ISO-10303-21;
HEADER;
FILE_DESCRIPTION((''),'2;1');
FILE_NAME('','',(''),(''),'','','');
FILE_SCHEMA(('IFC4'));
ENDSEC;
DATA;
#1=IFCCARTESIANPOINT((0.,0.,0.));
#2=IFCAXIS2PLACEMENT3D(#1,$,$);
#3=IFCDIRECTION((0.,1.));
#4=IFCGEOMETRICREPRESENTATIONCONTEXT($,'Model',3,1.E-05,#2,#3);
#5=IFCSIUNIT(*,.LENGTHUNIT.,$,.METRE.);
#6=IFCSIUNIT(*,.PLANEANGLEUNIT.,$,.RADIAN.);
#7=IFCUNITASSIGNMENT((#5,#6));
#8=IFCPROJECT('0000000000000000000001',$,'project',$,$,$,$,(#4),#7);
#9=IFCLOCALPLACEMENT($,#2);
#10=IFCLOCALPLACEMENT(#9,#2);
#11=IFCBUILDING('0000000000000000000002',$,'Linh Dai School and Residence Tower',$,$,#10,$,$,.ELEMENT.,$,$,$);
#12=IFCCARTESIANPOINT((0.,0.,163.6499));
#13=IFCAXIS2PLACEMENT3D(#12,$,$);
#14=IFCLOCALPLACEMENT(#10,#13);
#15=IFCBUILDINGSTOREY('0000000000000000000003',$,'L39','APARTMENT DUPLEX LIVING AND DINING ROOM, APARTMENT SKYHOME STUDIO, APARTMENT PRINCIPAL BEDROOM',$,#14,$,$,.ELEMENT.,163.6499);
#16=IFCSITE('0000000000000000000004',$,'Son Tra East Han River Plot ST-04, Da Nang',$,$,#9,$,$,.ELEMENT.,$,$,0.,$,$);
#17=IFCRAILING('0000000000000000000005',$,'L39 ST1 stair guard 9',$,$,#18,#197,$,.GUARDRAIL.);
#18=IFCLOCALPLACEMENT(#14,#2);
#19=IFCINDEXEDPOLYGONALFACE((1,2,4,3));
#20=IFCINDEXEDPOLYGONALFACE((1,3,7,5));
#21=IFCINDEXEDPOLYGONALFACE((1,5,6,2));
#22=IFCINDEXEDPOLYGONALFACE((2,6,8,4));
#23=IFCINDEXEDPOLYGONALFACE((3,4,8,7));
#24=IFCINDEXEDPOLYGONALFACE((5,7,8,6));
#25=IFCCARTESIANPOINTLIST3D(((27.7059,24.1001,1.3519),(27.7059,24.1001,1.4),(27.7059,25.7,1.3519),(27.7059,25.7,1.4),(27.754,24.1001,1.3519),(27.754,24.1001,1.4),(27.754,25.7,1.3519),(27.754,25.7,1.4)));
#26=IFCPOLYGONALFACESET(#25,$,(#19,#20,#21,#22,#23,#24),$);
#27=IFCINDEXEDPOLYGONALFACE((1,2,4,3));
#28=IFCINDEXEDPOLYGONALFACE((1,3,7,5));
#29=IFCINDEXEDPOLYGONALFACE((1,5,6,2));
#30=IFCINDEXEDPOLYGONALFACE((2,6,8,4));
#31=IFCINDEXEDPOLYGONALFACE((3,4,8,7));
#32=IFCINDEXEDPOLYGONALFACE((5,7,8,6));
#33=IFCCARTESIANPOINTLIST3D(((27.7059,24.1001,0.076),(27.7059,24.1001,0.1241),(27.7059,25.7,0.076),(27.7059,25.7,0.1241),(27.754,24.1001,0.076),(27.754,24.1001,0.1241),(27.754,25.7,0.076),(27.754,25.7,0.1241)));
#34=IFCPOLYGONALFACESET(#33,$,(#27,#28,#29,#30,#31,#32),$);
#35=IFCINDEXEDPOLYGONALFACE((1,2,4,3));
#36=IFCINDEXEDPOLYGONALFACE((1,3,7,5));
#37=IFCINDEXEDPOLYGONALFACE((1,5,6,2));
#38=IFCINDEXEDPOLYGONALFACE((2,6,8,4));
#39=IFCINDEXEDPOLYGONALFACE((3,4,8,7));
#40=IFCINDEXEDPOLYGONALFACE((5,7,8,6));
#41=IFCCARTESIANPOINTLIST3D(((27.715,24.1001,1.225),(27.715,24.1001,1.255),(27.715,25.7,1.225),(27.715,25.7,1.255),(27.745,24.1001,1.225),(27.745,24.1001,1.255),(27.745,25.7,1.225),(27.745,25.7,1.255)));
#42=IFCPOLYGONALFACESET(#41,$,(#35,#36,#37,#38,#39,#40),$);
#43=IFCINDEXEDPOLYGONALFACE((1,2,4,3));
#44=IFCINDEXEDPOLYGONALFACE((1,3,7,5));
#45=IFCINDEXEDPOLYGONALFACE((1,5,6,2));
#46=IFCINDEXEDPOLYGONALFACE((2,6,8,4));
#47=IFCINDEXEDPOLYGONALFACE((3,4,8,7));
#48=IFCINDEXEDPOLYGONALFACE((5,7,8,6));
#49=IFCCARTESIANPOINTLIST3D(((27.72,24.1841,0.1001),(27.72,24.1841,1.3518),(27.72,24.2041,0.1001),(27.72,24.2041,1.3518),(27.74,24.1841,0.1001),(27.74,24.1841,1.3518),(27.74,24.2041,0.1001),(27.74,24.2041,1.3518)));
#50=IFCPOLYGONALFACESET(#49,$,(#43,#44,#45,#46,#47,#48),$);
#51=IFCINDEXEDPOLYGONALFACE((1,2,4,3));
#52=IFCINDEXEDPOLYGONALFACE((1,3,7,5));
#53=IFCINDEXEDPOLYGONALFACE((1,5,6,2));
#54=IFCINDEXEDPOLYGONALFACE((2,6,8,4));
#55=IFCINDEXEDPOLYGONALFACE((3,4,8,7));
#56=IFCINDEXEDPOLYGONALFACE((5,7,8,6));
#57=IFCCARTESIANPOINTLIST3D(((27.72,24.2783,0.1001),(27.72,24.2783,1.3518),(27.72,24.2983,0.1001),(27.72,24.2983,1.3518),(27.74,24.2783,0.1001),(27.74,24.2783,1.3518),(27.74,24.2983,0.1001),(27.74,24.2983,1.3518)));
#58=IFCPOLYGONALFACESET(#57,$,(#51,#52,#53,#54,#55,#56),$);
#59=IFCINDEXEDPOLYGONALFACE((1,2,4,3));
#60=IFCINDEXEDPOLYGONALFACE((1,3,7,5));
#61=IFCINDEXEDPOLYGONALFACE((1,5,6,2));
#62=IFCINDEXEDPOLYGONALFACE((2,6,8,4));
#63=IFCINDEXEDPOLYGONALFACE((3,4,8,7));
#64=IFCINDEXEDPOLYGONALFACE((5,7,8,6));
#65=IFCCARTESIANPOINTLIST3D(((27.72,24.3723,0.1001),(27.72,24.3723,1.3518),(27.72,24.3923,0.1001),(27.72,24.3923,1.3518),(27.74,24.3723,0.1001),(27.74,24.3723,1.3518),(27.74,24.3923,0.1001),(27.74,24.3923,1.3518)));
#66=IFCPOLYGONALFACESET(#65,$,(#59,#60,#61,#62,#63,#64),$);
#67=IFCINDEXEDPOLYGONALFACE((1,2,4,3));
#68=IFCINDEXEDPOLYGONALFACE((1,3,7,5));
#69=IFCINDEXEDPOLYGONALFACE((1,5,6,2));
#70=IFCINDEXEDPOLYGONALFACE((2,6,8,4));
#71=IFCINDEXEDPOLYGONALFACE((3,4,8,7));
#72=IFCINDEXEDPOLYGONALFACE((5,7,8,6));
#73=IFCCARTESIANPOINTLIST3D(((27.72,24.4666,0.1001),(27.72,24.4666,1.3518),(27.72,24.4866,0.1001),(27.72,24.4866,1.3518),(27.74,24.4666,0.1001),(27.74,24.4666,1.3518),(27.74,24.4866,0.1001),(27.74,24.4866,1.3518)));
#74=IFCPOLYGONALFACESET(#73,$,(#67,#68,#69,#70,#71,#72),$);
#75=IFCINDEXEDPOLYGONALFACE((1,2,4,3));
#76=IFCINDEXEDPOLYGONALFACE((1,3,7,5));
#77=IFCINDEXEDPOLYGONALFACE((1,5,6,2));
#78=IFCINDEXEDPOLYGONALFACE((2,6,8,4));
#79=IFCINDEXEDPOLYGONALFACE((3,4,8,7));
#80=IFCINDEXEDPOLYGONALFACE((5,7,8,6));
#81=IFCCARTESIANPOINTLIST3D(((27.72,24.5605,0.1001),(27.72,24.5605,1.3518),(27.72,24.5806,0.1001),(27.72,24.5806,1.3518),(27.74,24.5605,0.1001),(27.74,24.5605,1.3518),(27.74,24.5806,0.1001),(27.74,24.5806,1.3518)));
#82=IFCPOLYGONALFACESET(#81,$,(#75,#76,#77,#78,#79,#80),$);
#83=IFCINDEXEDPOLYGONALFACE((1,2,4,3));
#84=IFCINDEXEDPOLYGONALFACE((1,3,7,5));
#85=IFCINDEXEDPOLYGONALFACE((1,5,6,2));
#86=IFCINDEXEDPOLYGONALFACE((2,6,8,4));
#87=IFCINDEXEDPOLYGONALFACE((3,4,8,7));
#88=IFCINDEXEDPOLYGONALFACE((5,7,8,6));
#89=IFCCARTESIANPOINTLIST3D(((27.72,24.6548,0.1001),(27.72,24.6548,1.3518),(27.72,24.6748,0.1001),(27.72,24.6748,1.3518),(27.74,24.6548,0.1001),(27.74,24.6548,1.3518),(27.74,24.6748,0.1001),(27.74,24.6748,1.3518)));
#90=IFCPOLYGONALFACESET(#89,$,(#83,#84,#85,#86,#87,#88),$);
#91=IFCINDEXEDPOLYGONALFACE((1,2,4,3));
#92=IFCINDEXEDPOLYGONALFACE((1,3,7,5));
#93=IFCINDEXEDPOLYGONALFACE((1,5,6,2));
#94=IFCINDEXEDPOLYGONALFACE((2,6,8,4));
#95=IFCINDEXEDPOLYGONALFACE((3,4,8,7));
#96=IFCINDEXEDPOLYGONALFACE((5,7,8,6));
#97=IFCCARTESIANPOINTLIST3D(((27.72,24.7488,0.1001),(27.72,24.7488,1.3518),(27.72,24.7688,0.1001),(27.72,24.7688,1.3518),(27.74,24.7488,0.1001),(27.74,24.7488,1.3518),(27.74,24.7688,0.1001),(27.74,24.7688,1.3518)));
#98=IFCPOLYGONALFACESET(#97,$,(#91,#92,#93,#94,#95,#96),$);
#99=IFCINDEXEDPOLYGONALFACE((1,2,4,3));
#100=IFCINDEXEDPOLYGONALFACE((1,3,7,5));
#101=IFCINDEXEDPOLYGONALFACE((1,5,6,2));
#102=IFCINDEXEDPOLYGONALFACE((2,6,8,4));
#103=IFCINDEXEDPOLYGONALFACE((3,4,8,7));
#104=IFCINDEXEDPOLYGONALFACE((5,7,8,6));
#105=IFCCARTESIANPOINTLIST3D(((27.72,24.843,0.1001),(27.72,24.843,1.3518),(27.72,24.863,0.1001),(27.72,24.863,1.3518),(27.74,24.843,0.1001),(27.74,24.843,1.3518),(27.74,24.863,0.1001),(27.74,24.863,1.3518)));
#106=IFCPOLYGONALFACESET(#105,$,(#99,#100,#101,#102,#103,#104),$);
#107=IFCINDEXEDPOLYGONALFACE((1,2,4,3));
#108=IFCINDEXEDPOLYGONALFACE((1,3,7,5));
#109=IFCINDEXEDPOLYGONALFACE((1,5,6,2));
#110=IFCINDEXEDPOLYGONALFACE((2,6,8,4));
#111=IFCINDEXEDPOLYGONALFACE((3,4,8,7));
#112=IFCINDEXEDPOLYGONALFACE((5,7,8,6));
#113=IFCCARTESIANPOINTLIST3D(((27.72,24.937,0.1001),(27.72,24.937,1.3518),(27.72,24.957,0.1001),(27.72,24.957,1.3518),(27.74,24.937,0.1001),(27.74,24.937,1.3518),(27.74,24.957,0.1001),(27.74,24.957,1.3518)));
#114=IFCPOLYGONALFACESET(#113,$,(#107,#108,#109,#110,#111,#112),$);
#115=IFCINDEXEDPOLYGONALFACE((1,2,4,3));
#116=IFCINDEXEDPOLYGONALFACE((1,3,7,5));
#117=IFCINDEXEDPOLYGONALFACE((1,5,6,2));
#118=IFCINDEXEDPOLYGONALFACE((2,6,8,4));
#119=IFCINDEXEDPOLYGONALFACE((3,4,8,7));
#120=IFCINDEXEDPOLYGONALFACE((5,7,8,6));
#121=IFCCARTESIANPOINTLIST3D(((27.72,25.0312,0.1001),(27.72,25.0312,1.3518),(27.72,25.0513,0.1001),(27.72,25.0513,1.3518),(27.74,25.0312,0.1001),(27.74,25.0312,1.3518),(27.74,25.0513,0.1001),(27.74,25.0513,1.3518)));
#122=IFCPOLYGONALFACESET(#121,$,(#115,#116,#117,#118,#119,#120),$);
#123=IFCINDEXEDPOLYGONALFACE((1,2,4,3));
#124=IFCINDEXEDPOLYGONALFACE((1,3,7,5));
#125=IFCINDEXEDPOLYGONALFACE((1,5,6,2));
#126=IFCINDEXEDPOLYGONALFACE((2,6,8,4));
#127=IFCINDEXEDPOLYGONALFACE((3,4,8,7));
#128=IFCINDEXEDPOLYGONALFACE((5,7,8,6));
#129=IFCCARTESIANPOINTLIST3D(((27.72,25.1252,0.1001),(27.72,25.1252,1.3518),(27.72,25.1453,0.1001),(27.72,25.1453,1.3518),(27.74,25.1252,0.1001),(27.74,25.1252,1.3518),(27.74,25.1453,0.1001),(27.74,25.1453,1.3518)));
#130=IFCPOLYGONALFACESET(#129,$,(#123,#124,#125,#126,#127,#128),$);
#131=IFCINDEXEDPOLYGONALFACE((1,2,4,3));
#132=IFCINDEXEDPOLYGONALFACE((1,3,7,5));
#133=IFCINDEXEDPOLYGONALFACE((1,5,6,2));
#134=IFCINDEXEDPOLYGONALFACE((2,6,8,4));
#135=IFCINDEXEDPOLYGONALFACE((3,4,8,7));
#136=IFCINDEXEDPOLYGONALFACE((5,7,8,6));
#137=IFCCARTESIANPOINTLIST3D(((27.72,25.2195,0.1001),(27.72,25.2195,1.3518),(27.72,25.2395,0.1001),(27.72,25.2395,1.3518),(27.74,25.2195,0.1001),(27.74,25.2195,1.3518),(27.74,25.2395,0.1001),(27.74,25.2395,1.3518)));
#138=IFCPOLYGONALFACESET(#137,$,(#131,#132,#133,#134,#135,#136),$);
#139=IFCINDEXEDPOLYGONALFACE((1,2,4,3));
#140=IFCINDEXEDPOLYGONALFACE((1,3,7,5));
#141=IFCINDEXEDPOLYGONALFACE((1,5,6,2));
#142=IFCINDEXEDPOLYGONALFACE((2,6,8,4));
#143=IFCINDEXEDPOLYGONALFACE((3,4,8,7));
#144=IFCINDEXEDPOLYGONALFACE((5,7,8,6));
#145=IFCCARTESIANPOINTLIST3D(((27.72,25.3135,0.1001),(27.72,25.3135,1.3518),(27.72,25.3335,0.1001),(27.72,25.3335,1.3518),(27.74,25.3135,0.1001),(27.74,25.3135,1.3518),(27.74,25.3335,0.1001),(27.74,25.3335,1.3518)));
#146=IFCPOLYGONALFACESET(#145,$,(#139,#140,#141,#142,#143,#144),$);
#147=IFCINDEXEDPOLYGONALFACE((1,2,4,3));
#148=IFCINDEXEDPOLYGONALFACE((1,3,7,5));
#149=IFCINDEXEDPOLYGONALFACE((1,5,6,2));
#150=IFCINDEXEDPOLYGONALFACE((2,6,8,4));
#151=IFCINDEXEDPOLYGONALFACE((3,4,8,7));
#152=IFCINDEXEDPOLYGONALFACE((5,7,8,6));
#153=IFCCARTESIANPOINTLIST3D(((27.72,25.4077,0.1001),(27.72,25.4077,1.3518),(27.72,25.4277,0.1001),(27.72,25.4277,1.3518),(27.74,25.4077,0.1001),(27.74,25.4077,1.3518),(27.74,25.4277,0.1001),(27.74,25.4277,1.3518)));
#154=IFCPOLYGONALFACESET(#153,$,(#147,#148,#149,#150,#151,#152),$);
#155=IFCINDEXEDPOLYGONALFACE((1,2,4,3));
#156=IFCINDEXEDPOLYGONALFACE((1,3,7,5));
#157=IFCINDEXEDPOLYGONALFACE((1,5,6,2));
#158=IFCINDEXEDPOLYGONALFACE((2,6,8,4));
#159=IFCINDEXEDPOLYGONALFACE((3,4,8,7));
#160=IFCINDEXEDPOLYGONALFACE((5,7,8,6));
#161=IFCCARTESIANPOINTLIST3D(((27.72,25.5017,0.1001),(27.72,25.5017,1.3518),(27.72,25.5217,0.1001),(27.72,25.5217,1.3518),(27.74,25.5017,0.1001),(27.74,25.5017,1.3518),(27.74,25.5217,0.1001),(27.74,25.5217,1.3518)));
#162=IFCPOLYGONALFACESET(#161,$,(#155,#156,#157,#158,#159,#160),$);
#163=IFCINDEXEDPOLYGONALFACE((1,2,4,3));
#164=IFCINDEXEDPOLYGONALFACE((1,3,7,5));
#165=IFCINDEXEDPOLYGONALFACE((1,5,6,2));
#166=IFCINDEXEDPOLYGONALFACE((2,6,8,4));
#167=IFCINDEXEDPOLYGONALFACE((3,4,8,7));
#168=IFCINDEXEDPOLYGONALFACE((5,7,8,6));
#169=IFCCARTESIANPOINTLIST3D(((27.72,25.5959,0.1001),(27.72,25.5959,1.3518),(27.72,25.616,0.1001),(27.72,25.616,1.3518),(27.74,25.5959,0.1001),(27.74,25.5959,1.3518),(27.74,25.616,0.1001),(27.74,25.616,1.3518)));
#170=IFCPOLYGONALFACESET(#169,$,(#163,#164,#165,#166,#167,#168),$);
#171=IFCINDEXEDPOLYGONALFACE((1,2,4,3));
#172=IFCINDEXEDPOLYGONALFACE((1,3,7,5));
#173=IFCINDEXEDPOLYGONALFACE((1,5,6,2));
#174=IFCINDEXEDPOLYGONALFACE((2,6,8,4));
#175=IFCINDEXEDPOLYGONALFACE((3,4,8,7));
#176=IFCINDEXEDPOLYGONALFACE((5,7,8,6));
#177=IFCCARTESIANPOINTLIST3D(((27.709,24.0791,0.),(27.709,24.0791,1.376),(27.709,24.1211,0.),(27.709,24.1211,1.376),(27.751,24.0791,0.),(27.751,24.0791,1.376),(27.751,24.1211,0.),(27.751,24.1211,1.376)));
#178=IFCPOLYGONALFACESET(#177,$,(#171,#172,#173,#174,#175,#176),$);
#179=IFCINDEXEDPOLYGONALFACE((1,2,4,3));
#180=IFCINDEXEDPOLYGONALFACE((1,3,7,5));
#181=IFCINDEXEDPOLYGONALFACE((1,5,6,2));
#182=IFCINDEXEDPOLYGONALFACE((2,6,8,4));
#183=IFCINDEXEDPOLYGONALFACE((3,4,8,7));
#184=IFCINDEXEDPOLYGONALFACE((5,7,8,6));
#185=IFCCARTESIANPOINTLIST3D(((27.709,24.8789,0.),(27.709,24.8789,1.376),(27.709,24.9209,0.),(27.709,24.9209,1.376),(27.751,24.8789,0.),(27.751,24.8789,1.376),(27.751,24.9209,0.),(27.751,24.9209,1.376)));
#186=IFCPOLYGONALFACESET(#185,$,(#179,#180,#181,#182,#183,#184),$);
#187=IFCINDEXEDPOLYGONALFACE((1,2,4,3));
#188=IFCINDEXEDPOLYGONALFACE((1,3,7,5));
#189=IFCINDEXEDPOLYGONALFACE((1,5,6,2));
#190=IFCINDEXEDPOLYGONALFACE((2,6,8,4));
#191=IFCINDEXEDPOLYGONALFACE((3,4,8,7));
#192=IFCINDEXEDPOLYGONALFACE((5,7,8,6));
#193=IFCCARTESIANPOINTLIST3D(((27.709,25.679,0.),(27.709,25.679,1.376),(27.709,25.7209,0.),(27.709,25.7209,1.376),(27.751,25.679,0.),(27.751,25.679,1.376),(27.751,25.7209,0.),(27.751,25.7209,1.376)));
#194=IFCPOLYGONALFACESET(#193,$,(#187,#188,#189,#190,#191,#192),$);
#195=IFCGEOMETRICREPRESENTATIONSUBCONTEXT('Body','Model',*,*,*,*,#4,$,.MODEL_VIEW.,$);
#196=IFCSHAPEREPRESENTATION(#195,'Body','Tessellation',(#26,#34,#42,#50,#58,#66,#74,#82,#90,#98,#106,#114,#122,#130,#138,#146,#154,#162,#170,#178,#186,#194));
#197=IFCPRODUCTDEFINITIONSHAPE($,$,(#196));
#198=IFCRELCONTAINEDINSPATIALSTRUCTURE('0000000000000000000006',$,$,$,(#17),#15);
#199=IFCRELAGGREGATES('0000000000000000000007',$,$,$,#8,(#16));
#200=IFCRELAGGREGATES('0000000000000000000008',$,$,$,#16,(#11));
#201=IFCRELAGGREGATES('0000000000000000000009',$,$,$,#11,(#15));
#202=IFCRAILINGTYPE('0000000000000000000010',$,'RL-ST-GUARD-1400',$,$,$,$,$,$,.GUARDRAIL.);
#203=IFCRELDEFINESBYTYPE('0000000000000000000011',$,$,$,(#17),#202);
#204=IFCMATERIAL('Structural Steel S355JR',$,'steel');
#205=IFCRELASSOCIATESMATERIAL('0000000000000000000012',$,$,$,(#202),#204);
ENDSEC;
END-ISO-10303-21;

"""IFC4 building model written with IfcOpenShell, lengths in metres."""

from ifc_helpers import new_model, si_unit, direction, frame, origin, origin_2d, place, context, subcontext, project, spatial, rectangle, extrude, source, transform, mapped, material, type_object, element, save


model = new_model("IFC4")

# Units and contexts
model_context = context("Model", 3, precision=1e-05, world=origin(), true_north=direction((0.0, 1.0)))
body_context = subcontext(model_context, "Body", "Model", "MODEL_VIEW")
ifc_project = project(units=[si_unit("LENGTHUNIT", "METRE"), si_unit("PLANEANGLEUNIT", "RADIAN")], contexts=[model_context])

# Site, building, storey
site_placement = place(None, origin())
site = spatial("IfcSite", under=ifc_project, at=site_placement, Name="Son Tra East Han River Plot ST-04, Da Nang", CompositionType="ELEMENT", RefElevation=0.0)
building_placement = place(site_placement, origin())
building = spatial("IfcBuilding", under=site, at=building_placement, Name="Linh Dai School and Residence Tower", CompositionType="ELEMENT")
storey_placement = place(building_placement, frame((0.0, 0.0, 163.6499)))
storey = spatial("IfcBuildingStorey", under=building, at=storey_placement, Name="L39", Description="APARTMENT DUPLEX LIVING AND DINING ROOM, APARTMENT SKYHOME STUDIO, APARTMENT PRINCIPAL BEDROOM", CompositionType="ELEMENT", Elevation=163.6499)

# Shared definitions
ifc_material_1 = material(Name="Structural Steel S355JR", Category="steel")

# Railing
railing_type = type_object("IfcRailingType", Name="RL-ST-GUARD-1400", PredefinedType="GUARDRAIL", material=ifc_material_1)
shared_shape_1 = source(origin(), body_context, "Body", "SweptSolid", [
    extrude(rectangle(XDim=0.0481, YDim=0.0481, at=origin_2d()), frame((0.0, 0.0, 1.376), z_axis=(0.0, 1.0, 0.0), x_axis=(-1.0, 0.0, 0.0)), (0.0, 0.0, 1.0), 1.5999),
    extrude(rectangle(XDim=0.0481, YDim=0.0481, at=origin_2d()), frame((0.0, 0.0, 0.1001), z_axis=(0.0, 1.0, 0.0), x_axis=(-1.0, 0.0, 0.0)), (0.0, 0.0, 1.0), 1.5999),
    extrude(rectangle(XDim=0.03, YDim=0.03, at=origin_2d()), frame((0.0, 0.0, 1.24), z_axis=(0.0, 1.0, 0.0), x_axis=(-1.0, 0.0, 0.0)), (0.0, 0.0, 1.0), 1.5999),
    extrude(rectangle(XDim=0.02, YDim=0.02, at=origin_2d()), frame((0.0, 0.094, 0.1001)), (0.0, 0.0, 1.0), 1.2517),
    extrude(rectangle(XDim=0.02, YDim=0.02, at=origin_2d()), frame((0.0, 0.1882, 0.1001)), (0.0, 0.0, 1.0), 1.2517),
    extrude(rectangle(XDim=0.02, YDim=0.02, at=origin_2d()), frame((0.0, 0.2822, 0.1001)), (0.0, 0.0, 1.0), 1.2517),
    extrude(rectangle(XDim=0.02, YDim=0.02, at=origin_2d()), frame((0.0, 0.3765, 0.1001)), (0.0, 0.0, 1.0), 1.2517),
    extrude(rectangle(XDim=0.02, YDim=0.02, at=origin_2d()), frame((0.0, 0.4705, 0.1001)), (0.0, 0.0, 1.0), 1.2517),
    extrude(rectangle(XDim=0.02, YDim=0.02, at=origin_2d()), frame((0.0, 0.5647, 0.1001)), (0.0, 0.0, 1.0), 1.2517),
    extrude(rectangle(XDim=0.02, YDim=0.02, at=origin_2d()), frame((0.0, 0.6587, 0.1001)), (0.0, 0.0, 1.0), 1.2517),
    extrude(rectangle(XDim=0.02, YDim=0.02, at=origin_2d()), frame((0.0, 0.7529, 0.1001)), (0.0, 0.0, 1.0), 1.2517),
    extrude(rectangle(XDim=0.02, YDim=0.02, at=origin_2d()), frame((0.0, 0.8469, 0.1001)), (0.0, 0.0, 1.0), 1.2517),
    extrude(rectangle(XDim=0.02, YDim=0.02, at=origin_2d()), frame((0.0, 0.9412, 0.1001)), (0.0, 0.0, 1.0), 1.2517),
    extrude(rectangle(XDim=0.02, YDim=0.02, at=origin_2d()), frame((0.0, 1.0352, 0.1001)), (0.0, 0.0, 1.0), 1.2517),
    extrude(rectangle(XDim=0.02, YDim=0.02, at=origin_2d()), frame((0.0, 1.1294, 0.1001)), (0.0, 0.0, 1.0), 1.2517),
    extrude(rectangle(XDim=0.02, YDim=0.02, at=origin_2d()), frame((0.0, 1.2234, 0.1001)), (0.0, 0.0, 1.0), 1.2517),
    extrude(rectangle(XDim=0.02, YDim=0.02, at=origin_2d()), frame((0.0, 1.3176, 0.1001)), (0.0, 0.0, 1.0), 1.2517),
    extrude(rectangle(XDim=0.02, YDim=0.02, at=origin_2d()), frame((0.0, 1.4116, 0.1001)), (0.0, 0.0, 1.0), 1.2517),
    extrude(rectangle(XDim=0.02, YDim=0.02, at=origin_2d()), frame((0.0, 1.5059, 0.1001)), (0.0, 0.0, 1.0), 1.2517),
    extrude(rectangle(XDim=0.042, YDim=0.042, at=origin_2d()), origin(), (0.0, 0.0, 1.0), 1.376),
    extrude(rectangle(XDim=0.042, YDim=0.042, at=origin_2d()), frame((0.0, 0.7998, 0.0)), (0.0, 0.0, 1.0), 1.376),
    extrude(rectangle(XDim=0.042, YDim=0.042, at=origin_2d()), frame((0.0, 1.5999, 0.0)), (0.0, 0.0, 1.0), 1.376),
])
for number, where, name in (
    (1, (27.73, 24.1001, 0.0), "L39 ST1 stair guard 9"),
):
    element("IfcRailing", number, at=place(storey_placement, frame(where)), inside=storey, type_object=railing_type, Name=name, PredefinedType="GUARDRAIL", context=body_context, shape_type="MappedRepresentation", body=[
        mapped(shared_shape_1, transform((0.0, 0.0, 0.0), x_axis=(1.0, 0.0, 0.0), y_axis=(0.0, 1.0, 0.0), z_axis=(0.0, 0.0, 1.0), scale=1.0)),
    ])

save(model, "model.ifc")
